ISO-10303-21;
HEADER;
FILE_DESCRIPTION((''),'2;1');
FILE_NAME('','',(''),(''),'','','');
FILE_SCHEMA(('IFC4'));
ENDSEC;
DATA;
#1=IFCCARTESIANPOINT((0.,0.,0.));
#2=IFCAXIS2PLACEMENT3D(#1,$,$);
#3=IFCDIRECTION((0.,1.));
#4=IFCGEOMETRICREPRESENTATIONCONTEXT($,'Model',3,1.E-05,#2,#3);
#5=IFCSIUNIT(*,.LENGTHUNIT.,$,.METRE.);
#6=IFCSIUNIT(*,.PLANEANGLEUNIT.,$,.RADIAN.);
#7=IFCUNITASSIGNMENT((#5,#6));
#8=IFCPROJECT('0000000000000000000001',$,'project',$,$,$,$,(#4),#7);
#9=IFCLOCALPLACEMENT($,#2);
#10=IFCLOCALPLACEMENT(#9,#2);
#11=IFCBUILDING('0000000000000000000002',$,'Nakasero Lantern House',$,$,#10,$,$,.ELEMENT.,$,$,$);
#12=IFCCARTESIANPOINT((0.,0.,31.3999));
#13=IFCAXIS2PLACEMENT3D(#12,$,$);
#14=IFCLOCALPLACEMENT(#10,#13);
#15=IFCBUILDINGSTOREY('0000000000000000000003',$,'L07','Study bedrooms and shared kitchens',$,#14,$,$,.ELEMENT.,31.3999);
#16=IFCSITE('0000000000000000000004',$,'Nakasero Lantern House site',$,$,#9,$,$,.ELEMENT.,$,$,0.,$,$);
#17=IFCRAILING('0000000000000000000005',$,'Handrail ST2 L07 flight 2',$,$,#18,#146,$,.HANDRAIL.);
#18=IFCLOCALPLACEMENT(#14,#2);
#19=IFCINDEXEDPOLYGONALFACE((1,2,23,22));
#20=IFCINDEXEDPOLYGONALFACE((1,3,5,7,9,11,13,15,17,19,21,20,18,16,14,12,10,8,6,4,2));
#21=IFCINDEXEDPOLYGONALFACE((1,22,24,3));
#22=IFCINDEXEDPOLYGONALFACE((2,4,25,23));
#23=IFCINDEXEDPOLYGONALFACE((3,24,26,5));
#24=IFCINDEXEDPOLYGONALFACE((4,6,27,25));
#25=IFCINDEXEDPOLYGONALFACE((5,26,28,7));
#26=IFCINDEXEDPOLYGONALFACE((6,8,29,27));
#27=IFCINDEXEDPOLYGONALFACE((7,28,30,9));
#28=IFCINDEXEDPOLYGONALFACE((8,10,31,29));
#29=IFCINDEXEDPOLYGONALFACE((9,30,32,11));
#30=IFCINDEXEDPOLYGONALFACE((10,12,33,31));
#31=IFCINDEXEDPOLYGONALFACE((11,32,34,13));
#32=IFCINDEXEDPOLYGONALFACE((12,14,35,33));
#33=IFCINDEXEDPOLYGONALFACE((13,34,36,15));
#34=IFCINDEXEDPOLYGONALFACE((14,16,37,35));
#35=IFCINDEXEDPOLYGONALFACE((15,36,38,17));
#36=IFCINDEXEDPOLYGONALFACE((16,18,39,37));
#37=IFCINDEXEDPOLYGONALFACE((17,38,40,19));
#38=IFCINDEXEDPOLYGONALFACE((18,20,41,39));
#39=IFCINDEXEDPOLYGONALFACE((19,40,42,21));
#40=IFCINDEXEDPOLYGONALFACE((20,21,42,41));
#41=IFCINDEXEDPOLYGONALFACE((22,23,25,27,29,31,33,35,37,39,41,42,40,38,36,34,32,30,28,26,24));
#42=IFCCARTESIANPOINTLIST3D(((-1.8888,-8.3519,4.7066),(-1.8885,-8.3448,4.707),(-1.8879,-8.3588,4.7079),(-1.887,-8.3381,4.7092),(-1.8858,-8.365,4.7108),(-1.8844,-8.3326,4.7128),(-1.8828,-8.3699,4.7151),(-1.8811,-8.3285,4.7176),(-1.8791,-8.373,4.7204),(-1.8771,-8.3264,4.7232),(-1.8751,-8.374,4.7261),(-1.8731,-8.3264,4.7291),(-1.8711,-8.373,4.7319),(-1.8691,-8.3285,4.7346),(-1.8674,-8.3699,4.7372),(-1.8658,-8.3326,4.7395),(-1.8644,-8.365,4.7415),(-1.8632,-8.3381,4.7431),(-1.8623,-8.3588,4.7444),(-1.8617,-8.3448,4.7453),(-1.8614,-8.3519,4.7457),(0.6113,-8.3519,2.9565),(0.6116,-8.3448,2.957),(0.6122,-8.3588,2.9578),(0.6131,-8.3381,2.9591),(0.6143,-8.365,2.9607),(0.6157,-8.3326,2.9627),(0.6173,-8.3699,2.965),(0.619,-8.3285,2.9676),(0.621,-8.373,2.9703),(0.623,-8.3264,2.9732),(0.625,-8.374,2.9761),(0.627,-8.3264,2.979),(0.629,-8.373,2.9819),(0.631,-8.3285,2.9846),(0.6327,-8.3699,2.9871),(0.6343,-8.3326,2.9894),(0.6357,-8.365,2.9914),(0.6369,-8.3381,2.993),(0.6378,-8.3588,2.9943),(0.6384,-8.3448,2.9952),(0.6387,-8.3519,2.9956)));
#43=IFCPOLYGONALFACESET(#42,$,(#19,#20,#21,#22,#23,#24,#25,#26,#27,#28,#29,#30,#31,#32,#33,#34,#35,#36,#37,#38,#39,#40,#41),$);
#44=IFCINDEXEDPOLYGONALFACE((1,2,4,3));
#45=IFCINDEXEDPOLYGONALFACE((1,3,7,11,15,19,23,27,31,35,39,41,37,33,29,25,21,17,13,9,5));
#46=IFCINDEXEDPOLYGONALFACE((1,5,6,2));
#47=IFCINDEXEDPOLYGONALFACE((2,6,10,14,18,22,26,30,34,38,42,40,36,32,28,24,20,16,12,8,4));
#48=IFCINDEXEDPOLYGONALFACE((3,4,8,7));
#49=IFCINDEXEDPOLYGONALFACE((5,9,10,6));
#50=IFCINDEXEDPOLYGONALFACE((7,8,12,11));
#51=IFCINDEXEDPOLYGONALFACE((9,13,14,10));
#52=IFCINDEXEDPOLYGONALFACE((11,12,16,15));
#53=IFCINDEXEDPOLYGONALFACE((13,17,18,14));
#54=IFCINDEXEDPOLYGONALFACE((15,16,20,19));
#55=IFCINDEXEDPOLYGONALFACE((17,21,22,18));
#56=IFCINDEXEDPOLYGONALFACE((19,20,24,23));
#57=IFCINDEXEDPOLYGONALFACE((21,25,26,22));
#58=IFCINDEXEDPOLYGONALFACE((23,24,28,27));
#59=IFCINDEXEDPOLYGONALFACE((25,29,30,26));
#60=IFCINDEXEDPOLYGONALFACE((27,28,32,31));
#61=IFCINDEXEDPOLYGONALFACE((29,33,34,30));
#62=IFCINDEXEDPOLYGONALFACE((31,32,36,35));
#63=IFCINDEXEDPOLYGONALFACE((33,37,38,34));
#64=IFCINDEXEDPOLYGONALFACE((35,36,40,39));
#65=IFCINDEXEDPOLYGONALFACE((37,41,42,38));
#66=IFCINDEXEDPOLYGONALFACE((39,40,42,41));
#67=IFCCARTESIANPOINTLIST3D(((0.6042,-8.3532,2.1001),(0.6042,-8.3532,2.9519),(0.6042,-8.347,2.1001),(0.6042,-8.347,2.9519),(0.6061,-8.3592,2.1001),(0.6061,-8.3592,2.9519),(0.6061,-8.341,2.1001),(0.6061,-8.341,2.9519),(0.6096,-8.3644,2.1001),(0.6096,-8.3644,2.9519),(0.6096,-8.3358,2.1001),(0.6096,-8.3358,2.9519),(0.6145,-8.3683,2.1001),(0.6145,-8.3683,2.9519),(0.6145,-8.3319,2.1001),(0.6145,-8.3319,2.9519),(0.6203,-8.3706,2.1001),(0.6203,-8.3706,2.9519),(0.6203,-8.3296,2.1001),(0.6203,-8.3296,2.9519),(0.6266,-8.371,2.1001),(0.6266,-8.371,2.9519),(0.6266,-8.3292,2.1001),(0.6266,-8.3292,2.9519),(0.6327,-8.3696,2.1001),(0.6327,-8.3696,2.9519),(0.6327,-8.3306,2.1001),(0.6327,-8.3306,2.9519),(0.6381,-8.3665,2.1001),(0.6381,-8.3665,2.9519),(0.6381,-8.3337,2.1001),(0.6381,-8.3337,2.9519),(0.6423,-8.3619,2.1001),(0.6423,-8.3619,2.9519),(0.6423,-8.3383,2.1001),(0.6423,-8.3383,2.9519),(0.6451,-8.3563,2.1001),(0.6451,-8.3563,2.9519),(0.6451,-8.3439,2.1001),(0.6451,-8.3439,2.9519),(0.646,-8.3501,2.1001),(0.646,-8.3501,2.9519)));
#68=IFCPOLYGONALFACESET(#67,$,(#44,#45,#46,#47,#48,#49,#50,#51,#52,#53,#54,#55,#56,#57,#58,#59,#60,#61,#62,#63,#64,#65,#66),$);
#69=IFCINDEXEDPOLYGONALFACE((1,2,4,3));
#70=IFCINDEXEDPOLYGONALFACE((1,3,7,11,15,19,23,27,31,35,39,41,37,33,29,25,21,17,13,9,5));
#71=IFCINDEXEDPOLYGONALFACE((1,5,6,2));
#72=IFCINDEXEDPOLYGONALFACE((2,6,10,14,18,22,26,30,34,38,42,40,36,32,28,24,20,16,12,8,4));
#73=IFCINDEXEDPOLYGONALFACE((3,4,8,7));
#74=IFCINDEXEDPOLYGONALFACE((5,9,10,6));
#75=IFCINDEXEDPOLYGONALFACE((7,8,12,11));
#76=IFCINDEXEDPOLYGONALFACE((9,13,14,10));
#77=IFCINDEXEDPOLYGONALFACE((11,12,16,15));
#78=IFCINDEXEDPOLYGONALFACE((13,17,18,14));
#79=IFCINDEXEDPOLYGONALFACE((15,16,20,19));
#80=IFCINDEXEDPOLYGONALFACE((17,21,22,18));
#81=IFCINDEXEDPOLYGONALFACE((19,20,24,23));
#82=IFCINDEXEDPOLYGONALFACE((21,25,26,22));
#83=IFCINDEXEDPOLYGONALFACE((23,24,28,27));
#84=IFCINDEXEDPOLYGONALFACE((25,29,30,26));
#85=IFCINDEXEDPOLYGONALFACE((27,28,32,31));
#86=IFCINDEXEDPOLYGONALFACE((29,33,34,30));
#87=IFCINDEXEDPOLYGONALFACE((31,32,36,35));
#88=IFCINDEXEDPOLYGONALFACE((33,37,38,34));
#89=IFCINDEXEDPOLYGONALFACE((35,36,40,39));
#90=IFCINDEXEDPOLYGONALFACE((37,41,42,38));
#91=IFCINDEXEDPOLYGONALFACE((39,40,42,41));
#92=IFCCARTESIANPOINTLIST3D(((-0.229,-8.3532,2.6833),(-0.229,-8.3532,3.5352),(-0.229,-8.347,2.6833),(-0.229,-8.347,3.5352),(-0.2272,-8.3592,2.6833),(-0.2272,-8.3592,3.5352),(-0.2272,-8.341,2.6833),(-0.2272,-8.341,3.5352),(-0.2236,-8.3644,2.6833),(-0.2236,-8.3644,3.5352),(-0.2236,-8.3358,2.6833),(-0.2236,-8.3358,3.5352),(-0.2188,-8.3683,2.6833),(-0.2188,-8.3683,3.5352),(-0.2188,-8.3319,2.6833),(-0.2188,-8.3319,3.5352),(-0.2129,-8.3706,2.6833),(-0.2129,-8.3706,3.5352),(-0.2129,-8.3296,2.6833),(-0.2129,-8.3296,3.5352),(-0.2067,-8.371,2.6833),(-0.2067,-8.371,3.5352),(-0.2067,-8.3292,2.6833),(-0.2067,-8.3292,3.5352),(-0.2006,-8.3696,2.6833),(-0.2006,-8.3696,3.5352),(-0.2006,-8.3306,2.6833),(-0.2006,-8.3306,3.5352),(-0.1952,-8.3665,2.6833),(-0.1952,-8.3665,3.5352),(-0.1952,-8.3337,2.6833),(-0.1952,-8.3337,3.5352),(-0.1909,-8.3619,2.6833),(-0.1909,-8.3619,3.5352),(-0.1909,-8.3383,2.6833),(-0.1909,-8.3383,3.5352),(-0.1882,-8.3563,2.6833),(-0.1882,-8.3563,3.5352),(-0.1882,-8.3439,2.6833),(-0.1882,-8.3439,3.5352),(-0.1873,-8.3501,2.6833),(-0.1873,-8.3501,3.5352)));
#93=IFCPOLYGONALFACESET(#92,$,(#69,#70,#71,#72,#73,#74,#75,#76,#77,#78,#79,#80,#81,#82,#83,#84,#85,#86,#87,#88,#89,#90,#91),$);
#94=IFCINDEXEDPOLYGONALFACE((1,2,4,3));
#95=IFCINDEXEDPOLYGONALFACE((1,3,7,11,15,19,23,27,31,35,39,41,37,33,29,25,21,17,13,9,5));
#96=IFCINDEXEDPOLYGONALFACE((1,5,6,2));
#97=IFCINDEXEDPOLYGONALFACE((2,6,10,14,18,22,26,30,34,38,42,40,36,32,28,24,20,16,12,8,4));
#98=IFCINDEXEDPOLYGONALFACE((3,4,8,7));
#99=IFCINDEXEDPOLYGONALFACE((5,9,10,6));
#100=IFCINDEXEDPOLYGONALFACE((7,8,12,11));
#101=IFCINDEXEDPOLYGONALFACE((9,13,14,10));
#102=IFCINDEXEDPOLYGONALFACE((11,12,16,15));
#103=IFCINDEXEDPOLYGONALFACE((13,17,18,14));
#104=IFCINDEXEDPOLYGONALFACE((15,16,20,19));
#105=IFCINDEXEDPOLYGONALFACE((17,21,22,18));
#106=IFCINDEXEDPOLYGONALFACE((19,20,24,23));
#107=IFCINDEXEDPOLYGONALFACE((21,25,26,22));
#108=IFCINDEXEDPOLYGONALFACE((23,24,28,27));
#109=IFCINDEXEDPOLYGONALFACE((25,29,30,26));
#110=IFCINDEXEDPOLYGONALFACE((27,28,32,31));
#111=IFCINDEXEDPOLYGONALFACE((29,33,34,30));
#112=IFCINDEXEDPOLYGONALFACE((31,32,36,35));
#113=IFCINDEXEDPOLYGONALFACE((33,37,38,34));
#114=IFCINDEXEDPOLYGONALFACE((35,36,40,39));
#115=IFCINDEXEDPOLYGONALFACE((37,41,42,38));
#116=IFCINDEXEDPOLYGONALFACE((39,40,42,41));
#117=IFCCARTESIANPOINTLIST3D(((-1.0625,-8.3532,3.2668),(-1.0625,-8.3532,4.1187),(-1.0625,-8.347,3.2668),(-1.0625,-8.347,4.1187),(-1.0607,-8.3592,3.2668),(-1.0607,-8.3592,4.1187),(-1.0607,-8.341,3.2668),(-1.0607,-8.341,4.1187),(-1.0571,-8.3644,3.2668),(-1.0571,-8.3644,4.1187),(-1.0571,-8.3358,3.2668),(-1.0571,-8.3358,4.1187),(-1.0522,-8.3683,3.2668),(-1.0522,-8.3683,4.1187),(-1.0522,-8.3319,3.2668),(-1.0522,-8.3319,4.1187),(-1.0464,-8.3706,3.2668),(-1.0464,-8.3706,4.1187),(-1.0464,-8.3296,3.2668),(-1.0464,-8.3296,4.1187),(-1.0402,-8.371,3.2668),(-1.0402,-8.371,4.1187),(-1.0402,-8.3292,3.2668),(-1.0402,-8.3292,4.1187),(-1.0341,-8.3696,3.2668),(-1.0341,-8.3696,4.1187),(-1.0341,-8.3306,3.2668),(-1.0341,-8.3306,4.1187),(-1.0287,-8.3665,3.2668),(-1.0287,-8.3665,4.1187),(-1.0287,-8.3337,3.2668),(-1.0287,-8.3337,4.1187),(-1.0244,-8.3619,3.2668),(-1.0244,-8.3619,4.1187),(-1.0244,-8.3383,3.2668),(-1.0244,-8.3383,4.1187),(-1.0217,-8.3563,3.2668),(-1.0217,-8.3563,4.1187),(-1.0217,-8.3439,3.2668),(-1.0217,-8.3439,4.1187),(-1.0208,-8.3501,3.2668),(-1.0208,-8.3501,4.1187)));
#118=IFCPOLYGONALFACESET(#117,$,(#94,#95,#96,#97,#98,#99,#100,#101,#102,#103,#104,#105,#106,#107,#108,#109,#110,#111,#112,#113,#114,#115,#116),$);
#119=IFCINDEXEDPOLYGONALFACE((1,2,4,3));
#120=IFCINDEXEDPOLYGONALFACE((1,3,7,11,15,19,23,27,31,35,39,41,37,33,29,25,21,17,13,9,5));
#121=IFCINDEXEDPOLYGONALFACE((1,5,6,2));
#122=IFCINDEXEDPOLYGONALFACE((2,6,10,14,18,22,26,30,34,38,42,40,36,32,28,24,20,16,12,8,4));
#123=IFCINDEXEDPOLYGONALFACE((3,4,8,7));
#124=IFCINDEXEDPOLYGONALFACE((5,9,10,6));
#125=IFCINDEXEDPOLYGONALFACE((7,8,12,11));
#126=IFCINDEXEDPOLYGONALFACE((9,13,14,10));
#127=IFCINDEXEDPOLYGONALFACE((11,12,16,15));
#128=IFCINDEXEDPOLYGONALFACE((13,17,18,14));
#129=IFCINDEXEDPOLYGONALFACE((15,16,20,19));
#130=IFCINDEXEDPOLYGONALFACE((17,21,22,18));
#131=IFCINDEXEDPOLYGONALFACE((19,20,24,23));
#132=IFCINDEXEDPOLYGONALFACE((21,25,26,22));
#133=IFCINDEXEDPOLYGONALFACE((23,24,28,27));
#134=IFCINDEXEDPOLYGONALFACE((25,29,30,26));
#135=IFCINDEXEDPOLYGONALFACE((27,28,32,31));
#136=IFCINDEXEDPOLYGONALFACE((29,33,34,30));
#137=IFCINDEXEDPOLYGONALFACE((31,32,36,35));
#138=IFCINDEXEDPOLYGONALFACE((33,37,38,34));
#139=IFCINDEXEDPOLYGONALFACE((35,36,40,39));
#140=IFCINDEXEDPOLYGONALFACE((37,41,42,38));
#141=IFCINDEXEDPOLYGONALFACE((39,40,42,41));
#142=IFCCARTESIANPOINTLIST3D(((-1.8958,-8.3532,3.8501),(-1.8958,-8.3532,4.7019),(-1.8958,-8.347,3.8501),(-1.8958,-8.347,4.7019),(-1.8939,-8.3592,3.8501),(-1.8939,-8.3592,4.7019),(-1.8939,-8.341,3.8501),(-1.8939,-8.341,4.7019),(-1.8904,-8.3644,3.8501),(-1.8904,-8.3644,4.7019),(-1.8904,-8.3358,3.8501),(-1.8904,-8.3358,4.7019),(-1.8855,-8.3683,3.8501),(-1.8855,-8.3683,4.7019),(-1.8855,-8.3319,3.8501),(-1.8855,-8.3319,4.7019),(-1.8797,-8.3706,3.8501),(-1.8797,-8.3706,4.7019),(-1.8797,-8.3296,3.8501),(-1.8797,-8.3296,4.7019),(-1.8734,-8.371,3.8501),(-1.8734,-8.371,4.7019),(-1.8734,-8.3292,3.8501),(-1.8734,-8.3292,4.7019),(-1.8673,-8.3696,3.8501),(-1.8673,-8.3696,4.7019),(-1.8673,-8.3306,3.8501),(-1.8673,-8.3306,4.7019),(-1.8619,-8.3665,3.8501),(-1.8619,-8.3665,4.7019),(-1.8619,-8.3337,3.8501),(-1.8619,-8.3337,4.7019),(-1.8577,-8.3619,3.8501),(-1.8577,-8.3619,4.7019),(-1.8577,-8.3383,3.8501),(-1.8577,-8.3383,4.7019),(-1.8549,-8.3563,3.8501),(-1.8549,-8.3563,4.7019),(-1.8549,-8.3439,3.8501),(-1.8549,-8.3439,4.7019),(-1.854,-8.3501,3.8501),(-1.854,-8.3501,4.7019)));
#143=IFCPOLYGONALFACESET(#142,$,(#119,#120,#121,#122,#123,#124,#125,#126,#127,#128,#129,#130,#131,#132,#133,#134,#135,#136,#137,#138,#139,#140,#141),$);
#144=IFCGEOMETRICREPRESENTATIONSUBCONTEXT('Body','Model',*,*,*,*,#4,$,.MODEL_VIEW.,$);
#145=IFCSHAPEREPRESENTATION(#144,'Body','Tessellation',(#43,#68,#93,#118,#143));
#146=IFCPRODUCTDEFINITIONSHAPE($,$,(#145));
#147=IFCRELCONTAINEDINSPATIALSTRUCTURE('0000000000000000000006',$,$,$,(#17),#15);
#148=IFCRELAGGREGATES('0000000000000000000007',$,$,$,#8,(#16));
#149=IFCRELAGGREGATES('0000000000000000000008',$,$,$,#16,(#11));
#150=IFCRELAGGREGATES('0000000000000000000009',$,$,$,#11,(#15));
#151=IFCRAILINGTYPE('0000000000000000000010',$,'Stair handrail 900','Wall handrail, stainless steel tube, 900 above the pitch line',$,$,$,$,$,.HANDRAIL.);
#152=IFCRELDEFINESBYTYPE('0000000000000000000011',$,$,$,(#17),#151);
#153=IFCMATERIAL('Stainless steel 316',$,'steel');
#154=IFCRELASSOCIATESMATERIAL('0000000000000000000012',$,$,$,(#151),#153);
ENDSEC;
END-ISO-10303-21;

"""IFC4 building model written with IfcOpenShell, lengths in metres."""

from ifc_helpers import new_model, si_unit, direction, frame, origin, origin_2d, place, context, subcontext, project, spatial, circle, extrude, material, type_object, element, save


model = new_model("IFC4")

# Units and contexts
model_context = context("Model", 3, precision=1e-05, world=origin(), true_north=direction((0.0, 1.0)))
body_context = subcontext(model_context, "Body", "Model", "MODEL_VIEW")
ifc_project = project(units=[si_unit("LENGTHUNIT", "METRE"), si_unit("PLANEANGLEUNIT", "RADIAN")], contexts=[model_context])

# Site, building, storey
site_placement = place(None, origin())
site = spatial("IfcSite", under=ifc_project, at=site_placement, Name="Nakasero Lantern House site", CompositionType="ELEMENT", RefElevation=0.0)
building_placement = place(site_placement, origin())
building = spatial("IfcBuilding", under=site, at=building_placement, Name="Nakasero Lantern House", CompositionType="ELEMENT")
storey_placement = place(building_placement, frame((0.0, 0.0, 31.3999)))
storey = spatial("IfcBuildingStorey", under=building, at=storey_placement, Name="L07", Description="Study bedrooms and shared kitchens", CompositionType="ELEMENT", Elevation=31.3999)

# Railing
ifc_material_1 = material(Name="Stainless steel 316", Category="steel")
railing_type = type_object("IfcRailingType", Name="Stair handrail 900", Description="Wall handrail, stainless steel tube, 900 above the pitch line", PredefinedType="HANDRAIL", material=ifc_material_1)
railing_placement = place(storey_placement, frame((0.625, -8.3501, 2.1001)))
element("IfcRailing", 1, at=railing_placement, inside=storey, type_object=railing_type, Name="Handrail ST2 L07 flight 2", PredefinedType="HANDRAIL", context=body_context, shape_type="SweptSolid", body=[
    extrude(circle(Radius=0.0239, at=origin_2d()), frame((0.0, 0.0, 0.876), z_axis=(-0.819232, 0.0, 0.573462), x_axis=(0.0, -1.0, 0.0)), (0.0, 0.0, 1.0), 3.0518),
    extrude(circle(Radius=0.021, at=origin_2d()), origin(), (0.0, 0.0, 1.0), 0.8518),
    extrude(circle(Radius=0.021, at=origin_2d()), frame((-0.8333, 0.0, 0.5833)), (0.0, 0.0, 1.0), 0.8518),
    extrude(circle(Radius=0.021, at=origin_2d()), frame((-1.6667, 0.0, 1.1667)), (0.0, 0.0, 1.0), 0.8518),
    extrude(circle(Radius=0.021, at=origin_2d()), frame((-2.5, 0.0, 1.75)), (0.0, 0.0, 1.0), 0.8518),
])

save(model, "model.ifc")
